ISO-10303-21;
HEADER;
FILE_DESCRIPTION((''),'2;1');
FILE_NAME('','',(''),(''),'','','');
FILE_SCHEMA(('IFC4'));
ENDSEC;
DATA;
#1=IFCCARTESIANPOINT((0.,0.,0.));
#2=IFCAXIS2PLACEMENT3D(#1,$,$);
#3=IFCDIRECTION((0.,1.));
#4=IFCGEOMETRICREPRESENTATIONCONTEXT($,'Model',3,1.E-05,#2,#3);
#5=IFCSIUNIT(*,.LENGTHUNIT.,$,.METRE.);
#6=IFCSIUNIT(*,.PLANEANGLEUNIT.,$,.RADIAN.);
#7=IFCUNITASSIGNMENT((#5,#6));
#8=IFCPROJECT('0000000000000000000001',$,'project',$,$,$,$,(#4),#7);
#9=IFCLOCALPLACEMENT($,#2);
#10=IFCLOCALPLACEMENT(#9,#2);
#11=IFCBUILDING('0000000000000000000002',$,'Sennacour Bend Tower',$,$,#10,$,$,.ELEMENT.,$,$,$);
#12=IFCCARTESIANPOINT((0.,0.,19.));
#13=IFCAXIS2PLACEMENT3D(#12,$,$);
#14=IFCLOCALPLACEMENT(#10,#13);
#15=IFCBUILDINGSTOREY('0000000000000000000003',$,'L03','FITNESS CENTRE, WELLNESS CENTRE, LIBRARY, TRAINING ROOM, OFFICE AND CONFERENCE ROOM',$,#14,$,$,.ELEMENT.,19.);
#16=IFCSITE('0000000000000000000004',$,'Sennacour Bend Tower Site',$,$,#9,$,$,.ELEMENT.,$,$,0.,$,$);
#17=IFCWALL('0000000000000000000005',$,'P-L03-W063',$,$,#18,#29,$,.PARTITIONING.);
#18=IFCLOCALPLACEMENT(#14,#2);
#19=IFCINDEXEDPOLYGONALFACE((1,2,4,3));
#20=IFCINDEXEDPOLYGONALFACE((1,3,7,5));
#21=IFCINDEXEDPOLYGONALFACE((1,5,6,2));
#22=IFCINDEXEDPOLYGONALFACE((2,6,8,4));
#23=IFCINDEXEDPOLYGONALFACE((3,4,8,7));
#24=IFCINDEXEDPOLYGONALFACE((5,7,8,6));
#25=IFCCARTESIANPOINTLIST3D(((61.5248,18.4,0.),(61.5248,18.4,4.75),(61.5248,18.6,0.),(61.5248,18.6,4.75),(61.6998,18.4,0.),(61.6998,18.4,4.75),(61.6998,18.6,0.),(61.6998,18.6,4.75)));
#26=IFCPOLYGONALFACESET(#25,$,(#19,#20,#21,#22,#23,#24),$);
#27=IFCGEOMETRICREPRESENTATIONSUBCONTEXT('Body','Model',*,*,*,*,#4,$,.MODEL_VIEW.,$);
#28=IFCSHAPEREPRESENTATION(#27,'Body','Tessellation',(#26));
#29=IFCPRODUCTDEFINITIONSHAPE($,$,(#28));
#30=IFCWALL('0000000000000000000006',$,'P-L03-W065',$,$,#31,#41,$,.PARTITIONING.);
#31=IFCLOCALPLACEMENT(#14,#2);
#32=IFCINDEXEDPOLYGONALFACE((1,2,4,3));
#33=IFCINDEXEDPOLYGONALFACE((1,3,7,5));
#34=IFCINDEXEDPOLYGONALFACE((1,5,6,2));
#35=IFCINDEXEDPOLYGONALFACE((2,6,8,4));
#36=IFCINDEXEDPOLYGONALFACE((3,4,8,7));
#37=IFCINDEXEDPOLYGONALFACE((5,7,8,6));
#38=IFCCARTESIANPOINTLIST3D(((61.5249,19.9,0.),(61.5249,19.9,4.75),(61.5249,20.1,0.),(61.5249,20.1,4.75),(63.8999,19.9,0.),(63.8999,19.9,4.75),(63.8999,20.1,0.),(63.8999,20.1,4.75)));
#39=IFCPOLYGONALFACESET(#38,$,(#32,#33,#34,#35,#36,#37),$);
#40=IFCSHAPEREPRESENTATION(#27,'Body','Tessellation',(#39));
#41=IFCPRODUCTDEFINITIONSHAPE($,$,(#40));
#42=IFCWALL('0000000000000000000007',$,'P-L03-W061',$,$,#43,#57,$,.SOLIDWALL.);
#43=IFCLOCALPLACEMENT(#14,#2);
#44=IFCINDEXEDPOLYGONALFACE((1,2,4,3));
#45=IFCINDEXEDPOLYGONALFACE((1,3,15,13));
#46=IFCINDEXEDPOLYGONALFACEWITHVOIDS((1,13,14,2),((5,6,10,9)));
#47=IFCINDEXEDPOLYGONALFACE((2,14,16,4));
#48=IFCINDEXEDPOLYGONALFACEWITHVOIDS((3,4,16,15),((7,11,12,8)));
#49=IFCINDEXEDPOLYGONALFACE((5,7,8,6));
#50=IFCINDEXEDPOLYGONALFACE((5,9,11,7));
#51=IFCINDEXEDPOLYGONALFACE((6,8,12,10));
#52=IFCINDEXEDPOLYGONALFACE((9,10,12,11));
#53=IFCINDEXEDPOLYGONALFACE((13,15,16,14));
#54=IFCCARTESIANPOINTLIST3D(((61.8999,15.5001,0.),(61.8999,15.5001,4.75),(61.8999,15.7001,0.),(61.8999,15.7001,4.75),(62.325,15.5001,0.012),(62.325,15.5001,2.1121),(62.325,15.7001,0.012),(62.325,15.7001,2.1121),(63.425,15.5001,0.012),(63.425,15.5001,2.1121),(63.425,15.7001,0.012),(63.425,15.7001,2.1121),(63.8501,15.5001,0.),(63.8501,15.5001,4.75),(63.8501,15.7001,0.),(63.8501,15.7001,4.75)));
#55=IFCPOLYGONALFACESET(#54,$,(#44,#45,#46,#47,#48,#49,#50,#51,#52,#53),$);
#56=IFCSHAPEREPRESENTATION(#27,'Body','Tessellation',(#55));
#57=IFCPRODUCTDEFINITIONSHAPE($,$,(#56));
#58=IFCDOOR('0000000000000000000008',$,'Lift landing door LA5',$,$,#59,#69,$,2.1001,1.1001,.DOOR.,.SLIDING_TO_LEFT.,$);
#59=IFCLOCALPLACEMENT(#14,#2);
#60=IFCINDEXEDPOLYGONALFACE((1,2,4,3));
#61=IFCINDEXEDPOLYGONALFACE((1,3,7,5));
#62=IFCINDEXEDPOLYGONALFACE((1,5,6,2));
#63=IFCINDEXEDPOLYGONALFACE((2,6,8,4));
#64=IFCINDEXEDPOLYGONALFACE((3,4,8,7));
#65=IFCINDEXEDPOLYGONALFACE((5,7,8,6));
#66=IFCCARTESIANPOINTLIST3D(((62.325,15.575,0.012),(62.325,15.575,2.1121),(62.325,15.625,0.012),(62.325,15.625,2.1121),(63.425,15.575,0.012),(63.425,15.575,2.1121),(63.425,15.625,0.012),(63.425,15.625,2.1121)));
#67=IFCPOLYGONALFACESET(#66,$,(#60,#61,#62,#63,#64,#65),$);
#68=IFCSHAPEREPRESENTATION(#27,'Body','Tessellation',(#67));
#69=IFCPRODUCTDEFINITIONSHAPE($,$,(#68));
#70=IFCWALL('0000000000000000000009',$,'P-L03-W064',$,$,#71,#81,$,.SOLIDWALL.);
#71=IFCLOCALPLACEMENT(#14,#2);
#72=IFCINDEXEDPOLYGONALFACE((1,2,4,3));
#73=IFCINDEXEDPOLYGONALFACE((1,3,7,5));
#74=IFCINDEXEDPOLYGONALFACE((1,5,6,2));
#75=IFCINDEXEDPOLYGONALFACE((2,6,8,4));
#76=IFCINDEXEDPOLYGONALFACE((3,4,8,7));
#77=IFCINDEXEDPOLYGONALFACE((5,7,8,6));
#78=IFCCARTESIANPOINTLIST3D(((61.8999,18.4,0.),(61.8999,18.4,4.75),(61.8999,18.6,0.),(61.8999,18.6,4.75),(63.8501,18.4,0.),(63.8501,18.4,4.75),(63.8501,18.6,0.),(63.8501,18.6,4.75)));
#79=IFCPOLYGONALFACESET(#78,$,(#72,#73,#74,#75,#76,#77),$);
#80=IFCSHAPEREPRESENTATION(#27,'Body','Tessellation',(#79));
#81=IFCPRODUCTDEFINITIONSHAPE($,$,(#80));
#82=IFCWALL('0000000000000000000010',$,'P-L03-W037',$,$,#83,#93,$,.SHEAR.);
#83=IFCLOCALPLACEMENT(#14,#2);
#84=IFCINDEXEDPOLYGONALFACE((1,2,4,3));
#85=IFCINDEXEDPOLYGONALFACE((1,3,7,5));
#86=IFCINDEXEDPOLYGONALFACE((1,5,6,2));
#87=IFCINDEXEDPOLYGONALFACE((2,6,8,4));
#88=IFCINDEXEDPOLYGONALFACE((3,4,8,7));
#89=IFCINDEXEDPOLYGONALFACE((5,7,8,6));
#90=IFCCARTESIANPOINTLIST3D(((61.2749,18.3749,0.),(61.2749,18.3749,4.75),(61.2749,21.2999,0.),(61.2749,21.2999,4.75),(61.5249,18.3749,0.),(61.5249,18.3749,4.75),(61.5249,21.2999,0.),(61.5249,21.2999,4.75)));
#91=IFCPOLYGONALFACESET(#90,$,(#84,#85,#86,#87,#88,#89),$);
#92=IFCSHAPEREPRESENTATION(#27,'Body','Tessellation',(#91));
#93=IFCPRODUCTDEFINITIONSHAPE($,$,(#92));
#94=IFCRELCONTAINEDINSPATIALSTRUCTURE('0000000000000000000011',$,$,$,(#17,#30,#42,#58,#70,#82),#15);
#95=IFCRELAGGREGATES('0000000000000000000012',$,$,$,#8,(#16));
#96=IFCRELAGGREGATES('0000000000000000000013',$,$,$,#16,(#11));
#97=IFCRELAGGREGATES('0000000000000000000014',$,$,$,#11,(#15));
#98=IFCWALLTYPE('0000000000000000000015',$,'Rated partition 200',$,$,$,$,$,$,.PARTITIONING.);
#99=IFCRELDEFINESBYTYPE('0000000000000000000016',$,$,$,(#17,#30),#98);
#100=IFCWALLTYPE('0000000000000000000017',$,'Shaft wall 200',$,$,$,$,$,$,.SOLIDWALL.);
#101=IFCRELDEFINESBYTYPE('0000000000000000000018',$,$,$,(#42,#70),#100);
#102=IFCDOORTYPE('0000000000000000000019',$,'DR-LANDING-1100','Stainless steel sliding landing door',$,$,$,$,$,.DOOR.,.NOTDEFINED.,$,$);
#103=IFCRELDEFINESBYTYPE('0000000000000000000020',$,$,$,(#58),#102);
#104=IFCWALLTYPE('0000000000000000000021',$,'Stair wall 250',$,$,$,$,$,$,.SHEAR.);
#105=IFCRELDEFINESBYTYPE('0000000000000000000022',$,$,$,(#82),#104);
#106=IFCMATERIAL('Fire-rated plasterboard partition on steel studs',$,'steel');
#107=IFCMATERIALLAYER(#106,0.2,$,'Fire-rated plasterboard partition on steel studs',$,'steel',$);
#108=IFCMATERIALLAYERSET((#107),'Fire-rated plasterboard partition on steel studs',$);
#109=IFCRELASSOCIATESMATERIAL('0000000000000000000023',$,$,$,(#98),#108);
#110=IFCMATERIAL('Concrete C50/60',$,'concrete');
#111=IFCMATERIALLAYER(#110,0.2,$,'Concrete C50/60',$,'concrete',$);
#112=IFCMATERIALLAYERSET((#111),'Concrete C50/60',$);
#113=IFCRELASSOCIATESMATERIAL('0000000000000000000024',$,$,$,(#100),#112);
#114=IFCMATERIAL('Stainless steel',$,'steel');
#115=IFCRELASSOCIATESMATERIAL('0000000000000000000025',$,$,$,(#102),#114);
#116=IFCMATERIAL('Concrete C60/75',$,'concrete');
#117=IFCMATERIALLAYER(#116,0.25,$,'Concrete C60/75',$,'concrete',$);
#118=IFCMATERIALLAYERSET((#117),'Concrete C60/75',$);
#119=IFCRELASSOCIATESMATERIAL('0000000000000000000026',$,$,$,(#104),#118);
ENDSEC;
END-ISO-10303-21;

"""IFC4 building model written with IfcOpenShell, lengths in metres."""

from ifc_helpers import new_model, si_unit, direction, frame, frame_2d, origin, place, context, subcontext, project, spatial, rectangle, extrude, material, layer, layer_set, type_object, element, fill, save


model = new_model("IFC4")

# Units and contexts
model_context = context("Model", 3, precision=1e-05, world=origin(), true_north=direction((0.0, 1.0)))
body_context = subcontext(model_context, "Body", "Model", "MODEL_VIEW")
ifc_project = project(units=[si_unit("LENGTHUNIT", "METRE"), si_unit("PLANEANGLEUNIT", "RADIAN")], contexts=[model_context])

# Site, building, storey
site_placement = place(None, origin())
site = spatial("IfcSite", under=ifc_project, at=site_placement, Name="Sennacour Bend Tower Site", CompositionType="ELEMENT", RefElevation=0.0)
building_placement = place(site_placement, origin())
building = spatial("IfcBuilding", under=site, at=building_placement, Name="Sennacour Bend Tower", CompositionType="ELEMENT")
storey_placement = place(building_placement, frame((0.0, 0.0, 19.0)))
storey = spatial("IfcBuildingStorey", under=building, at=storey_placement, Name="L03", Description="FITNESS CENTRE, WELLNESS CENTRE, LIBRARY, TRAINING ROOM, OFFICE AND CONFERENCE ROOM", CompositionType="ELEMENT", Elevation=19.0)

# Shared definitions
ifc_material_1 = material(Name="Fire-rated plasterboard partition on steel studs", Category="steel")
ifc_layer_1 = layer(ifc_material_1, 0.2, Name="Fire-rated plasterboard partition on steel studs", Category="steel")
ifc_layer_set_1 = layer_set([ifc_layer_1], Name="Fire-rated plasterboard partition on steel studs")
wall_type_1 = type_object("IfcWallType", Name="Rated partition 200", PredefinedType="PARTITIONING", material=ifc_layer_set_1)

# Walls
wall_1_placement = place(storey_placement, frame((61.5249, 18.5, 0.0), z_axis=(0.0, 0.0, 1.0), x_axis=(1.0, 0.0, 0.0)))
element("IfcWall", 1, at=wall_1_placement, inside=storey, type_object=wall_type_1, Name="P-L03-W063", PredefinedType="PARTITIONING", context=body_context, shape_type="SweptSolid", body=[
    extrude(rectangle(XDim=0.175, YDim=0.2, at=frame_2d((0.0874, 0.0))), origin(), (0.0, 0.0, 1.0), 4.75),
])
wall_2_placement = place(storey_placement, frame((61.5249, 20.0, 0.0), z_axis=(0.0, 0.0, 1.0), x_axis=(1.0, 0.0, 0.0)))
element("IfcWall", 2, at=wall_2_placement, inside=storey, type_object=wall_type_1, Name="P-L03-W065", PredefinedType="PARTITIONING", context=body_context, shape_type="SweptSolid", body=[
    extrude(rectangle(XDim=2.375, YDim=0.2, at=frame_2d((1.1875, 0.0))), origin(), (0.0, 0.0, 1.0), 4.75),
])

# Wall, opening, door
ifc_material_2 = material(Name="Concrete C50/60", Category="concrete")
ifc_layer_2 = layer(ifc_material_2, 0.2, Name="Concrete C50/60", Category="concrete")
ifc_layer_set_2 = layer_set([ifc_layer_2], Name="Concrete C50/60")
wall_type_2 = type_object("IfcWallType", Name="Shaft wall 200", PredefinedType="SOLIDWALL", material=ifc_layer_set_2)
wall_3_placement = place(storey_placement, frame((61.8999, 15.6001, 0.0), z_axis=(0.0, 0.0, 1.0), x_axis=(1.0, 0.0, 0.0)))
wall_3 = element("IfcWall", 3, at=wall_3_placement, inside=storey, type_object=wall_type_2, Name="P-L03-W061", PredefinedType="SOLIDWALL", context=body_context, shape_type="SweptSolid", body=[
    extrude(rectangle(XDim=1.9502, YDim=0.2, at=frame_2d((0.9751, 0.0))), origin(), (0.0, 0.0, 1.0), 4.75),
])
opening_1_placement = place(wall_3_placement, frame((0.425, 0.0, 0.012)))
opening_1 = element("IfcOpeningElement", 4, at=opening_1_placement, cuts=wall_3, PredefinedType="OPENING", context=body_context, shape_type="SweptSolid", body=[
    extrude(rectangle(XDim=1.1001, YDim=2.1001, at=frame_2d((0.55, 1.05))), frame((0.0, 0.1099, 0.0), z_axis=(0.0, -1.0, 0.0), x_axis=(1.0, 0.0, 0.0)), (0.0, 0.0, 1.0), 0.22),
])
ifc_material_3 = material(Name="Stainless steel", Category="steel")
door_type_1 = type_object("IfcDoorType", Name="DR-LANDING-1100", Description="Stainless steel sliding landing door", OperationType="NOTDEFINED", PredefinedType="DOOR", material=ifc_material_3)
door_1_placement = place(opening_1_placement, origin())
door_1 = element("IfcDoor", 5, at=door_1_placement, inside=storey, type_object=door_type_1, Name="Lift landing door LA5", OperationType="SLIDING_TO_LEFT", OverallHeight=2.1001, OverallWidth=1.1001, PredefinedType="DOOR", context=body_context, shape_type="SweptSolid", body=[
    extrude(rectangle(XDim=1.1001, YDim=2.1001, at=frame_2d((0.55, 1.05))), frame((0.0, 0.0249, 0.0), z_axis=(0.0, -1.0, 0.0), x_axis=(1.0, 0.0, 0.0)), (0.0, 0.0, 1.0), 0.05),
])
fill(opening_1, door_1)

# Walls
wall_4_placement = place(storey_placement, frame((61.8999, 18.5, 0.0), z_axis=(0.0, 0.0, 1.0), x_axis=(1.0, 0.0, 0.0)))
element("IfcWall", 6, at=wall_4_placement, inside=storey, type_object=wall_type_2, Name="P-L03-W064", PredefinedType="SOLIDWALL", context=body_context, shape_type="SweptSolid", body=[
    extrude(rectangle(XDim=1.9502, YDim=0.2, at=frame_2d((0.9751, 0.0))), origin(), (0.0, 0.0, 1.0), 4.75),
])
ifc_material_4 = material(Name="Concrete C60/75", Category="concrete")
ifc_layer_3 = layer(ifc_material_4, 0.25, Name="Concrete C60/75", Category="concrete")
ifc_layer_set_3 = layer_set([ifc_layer_3], Name="Concrete C60/75")
wall_type_3 = type_object("IfcWallType", Name="Stair wall 250", PredefinedType="SHEAR", material=ifc_layer_set_3)
wall_5_placement = place(storey_placement, frame((61.3999, 18.375, 0.0), z_axis=(0.0, 0.0, 1.0), x_axis=(0.0, 1.0, 0.0)))
element("IfcWall", 7, at=wall_5_placement, inside=storey, type_object=wall_type_3, Name="P-L03-W037", PredefinedType="SHEAR", context=body_context, shape_type="SweptSolid", body=[
    extrude(rectangle(XDim=2.925, YDim=0.25, at=frame_2d((1.4624, 0.0))), origin(), (0.0, 0.0, 1.0), 4.75),
])

save(model, "model.ifc")
